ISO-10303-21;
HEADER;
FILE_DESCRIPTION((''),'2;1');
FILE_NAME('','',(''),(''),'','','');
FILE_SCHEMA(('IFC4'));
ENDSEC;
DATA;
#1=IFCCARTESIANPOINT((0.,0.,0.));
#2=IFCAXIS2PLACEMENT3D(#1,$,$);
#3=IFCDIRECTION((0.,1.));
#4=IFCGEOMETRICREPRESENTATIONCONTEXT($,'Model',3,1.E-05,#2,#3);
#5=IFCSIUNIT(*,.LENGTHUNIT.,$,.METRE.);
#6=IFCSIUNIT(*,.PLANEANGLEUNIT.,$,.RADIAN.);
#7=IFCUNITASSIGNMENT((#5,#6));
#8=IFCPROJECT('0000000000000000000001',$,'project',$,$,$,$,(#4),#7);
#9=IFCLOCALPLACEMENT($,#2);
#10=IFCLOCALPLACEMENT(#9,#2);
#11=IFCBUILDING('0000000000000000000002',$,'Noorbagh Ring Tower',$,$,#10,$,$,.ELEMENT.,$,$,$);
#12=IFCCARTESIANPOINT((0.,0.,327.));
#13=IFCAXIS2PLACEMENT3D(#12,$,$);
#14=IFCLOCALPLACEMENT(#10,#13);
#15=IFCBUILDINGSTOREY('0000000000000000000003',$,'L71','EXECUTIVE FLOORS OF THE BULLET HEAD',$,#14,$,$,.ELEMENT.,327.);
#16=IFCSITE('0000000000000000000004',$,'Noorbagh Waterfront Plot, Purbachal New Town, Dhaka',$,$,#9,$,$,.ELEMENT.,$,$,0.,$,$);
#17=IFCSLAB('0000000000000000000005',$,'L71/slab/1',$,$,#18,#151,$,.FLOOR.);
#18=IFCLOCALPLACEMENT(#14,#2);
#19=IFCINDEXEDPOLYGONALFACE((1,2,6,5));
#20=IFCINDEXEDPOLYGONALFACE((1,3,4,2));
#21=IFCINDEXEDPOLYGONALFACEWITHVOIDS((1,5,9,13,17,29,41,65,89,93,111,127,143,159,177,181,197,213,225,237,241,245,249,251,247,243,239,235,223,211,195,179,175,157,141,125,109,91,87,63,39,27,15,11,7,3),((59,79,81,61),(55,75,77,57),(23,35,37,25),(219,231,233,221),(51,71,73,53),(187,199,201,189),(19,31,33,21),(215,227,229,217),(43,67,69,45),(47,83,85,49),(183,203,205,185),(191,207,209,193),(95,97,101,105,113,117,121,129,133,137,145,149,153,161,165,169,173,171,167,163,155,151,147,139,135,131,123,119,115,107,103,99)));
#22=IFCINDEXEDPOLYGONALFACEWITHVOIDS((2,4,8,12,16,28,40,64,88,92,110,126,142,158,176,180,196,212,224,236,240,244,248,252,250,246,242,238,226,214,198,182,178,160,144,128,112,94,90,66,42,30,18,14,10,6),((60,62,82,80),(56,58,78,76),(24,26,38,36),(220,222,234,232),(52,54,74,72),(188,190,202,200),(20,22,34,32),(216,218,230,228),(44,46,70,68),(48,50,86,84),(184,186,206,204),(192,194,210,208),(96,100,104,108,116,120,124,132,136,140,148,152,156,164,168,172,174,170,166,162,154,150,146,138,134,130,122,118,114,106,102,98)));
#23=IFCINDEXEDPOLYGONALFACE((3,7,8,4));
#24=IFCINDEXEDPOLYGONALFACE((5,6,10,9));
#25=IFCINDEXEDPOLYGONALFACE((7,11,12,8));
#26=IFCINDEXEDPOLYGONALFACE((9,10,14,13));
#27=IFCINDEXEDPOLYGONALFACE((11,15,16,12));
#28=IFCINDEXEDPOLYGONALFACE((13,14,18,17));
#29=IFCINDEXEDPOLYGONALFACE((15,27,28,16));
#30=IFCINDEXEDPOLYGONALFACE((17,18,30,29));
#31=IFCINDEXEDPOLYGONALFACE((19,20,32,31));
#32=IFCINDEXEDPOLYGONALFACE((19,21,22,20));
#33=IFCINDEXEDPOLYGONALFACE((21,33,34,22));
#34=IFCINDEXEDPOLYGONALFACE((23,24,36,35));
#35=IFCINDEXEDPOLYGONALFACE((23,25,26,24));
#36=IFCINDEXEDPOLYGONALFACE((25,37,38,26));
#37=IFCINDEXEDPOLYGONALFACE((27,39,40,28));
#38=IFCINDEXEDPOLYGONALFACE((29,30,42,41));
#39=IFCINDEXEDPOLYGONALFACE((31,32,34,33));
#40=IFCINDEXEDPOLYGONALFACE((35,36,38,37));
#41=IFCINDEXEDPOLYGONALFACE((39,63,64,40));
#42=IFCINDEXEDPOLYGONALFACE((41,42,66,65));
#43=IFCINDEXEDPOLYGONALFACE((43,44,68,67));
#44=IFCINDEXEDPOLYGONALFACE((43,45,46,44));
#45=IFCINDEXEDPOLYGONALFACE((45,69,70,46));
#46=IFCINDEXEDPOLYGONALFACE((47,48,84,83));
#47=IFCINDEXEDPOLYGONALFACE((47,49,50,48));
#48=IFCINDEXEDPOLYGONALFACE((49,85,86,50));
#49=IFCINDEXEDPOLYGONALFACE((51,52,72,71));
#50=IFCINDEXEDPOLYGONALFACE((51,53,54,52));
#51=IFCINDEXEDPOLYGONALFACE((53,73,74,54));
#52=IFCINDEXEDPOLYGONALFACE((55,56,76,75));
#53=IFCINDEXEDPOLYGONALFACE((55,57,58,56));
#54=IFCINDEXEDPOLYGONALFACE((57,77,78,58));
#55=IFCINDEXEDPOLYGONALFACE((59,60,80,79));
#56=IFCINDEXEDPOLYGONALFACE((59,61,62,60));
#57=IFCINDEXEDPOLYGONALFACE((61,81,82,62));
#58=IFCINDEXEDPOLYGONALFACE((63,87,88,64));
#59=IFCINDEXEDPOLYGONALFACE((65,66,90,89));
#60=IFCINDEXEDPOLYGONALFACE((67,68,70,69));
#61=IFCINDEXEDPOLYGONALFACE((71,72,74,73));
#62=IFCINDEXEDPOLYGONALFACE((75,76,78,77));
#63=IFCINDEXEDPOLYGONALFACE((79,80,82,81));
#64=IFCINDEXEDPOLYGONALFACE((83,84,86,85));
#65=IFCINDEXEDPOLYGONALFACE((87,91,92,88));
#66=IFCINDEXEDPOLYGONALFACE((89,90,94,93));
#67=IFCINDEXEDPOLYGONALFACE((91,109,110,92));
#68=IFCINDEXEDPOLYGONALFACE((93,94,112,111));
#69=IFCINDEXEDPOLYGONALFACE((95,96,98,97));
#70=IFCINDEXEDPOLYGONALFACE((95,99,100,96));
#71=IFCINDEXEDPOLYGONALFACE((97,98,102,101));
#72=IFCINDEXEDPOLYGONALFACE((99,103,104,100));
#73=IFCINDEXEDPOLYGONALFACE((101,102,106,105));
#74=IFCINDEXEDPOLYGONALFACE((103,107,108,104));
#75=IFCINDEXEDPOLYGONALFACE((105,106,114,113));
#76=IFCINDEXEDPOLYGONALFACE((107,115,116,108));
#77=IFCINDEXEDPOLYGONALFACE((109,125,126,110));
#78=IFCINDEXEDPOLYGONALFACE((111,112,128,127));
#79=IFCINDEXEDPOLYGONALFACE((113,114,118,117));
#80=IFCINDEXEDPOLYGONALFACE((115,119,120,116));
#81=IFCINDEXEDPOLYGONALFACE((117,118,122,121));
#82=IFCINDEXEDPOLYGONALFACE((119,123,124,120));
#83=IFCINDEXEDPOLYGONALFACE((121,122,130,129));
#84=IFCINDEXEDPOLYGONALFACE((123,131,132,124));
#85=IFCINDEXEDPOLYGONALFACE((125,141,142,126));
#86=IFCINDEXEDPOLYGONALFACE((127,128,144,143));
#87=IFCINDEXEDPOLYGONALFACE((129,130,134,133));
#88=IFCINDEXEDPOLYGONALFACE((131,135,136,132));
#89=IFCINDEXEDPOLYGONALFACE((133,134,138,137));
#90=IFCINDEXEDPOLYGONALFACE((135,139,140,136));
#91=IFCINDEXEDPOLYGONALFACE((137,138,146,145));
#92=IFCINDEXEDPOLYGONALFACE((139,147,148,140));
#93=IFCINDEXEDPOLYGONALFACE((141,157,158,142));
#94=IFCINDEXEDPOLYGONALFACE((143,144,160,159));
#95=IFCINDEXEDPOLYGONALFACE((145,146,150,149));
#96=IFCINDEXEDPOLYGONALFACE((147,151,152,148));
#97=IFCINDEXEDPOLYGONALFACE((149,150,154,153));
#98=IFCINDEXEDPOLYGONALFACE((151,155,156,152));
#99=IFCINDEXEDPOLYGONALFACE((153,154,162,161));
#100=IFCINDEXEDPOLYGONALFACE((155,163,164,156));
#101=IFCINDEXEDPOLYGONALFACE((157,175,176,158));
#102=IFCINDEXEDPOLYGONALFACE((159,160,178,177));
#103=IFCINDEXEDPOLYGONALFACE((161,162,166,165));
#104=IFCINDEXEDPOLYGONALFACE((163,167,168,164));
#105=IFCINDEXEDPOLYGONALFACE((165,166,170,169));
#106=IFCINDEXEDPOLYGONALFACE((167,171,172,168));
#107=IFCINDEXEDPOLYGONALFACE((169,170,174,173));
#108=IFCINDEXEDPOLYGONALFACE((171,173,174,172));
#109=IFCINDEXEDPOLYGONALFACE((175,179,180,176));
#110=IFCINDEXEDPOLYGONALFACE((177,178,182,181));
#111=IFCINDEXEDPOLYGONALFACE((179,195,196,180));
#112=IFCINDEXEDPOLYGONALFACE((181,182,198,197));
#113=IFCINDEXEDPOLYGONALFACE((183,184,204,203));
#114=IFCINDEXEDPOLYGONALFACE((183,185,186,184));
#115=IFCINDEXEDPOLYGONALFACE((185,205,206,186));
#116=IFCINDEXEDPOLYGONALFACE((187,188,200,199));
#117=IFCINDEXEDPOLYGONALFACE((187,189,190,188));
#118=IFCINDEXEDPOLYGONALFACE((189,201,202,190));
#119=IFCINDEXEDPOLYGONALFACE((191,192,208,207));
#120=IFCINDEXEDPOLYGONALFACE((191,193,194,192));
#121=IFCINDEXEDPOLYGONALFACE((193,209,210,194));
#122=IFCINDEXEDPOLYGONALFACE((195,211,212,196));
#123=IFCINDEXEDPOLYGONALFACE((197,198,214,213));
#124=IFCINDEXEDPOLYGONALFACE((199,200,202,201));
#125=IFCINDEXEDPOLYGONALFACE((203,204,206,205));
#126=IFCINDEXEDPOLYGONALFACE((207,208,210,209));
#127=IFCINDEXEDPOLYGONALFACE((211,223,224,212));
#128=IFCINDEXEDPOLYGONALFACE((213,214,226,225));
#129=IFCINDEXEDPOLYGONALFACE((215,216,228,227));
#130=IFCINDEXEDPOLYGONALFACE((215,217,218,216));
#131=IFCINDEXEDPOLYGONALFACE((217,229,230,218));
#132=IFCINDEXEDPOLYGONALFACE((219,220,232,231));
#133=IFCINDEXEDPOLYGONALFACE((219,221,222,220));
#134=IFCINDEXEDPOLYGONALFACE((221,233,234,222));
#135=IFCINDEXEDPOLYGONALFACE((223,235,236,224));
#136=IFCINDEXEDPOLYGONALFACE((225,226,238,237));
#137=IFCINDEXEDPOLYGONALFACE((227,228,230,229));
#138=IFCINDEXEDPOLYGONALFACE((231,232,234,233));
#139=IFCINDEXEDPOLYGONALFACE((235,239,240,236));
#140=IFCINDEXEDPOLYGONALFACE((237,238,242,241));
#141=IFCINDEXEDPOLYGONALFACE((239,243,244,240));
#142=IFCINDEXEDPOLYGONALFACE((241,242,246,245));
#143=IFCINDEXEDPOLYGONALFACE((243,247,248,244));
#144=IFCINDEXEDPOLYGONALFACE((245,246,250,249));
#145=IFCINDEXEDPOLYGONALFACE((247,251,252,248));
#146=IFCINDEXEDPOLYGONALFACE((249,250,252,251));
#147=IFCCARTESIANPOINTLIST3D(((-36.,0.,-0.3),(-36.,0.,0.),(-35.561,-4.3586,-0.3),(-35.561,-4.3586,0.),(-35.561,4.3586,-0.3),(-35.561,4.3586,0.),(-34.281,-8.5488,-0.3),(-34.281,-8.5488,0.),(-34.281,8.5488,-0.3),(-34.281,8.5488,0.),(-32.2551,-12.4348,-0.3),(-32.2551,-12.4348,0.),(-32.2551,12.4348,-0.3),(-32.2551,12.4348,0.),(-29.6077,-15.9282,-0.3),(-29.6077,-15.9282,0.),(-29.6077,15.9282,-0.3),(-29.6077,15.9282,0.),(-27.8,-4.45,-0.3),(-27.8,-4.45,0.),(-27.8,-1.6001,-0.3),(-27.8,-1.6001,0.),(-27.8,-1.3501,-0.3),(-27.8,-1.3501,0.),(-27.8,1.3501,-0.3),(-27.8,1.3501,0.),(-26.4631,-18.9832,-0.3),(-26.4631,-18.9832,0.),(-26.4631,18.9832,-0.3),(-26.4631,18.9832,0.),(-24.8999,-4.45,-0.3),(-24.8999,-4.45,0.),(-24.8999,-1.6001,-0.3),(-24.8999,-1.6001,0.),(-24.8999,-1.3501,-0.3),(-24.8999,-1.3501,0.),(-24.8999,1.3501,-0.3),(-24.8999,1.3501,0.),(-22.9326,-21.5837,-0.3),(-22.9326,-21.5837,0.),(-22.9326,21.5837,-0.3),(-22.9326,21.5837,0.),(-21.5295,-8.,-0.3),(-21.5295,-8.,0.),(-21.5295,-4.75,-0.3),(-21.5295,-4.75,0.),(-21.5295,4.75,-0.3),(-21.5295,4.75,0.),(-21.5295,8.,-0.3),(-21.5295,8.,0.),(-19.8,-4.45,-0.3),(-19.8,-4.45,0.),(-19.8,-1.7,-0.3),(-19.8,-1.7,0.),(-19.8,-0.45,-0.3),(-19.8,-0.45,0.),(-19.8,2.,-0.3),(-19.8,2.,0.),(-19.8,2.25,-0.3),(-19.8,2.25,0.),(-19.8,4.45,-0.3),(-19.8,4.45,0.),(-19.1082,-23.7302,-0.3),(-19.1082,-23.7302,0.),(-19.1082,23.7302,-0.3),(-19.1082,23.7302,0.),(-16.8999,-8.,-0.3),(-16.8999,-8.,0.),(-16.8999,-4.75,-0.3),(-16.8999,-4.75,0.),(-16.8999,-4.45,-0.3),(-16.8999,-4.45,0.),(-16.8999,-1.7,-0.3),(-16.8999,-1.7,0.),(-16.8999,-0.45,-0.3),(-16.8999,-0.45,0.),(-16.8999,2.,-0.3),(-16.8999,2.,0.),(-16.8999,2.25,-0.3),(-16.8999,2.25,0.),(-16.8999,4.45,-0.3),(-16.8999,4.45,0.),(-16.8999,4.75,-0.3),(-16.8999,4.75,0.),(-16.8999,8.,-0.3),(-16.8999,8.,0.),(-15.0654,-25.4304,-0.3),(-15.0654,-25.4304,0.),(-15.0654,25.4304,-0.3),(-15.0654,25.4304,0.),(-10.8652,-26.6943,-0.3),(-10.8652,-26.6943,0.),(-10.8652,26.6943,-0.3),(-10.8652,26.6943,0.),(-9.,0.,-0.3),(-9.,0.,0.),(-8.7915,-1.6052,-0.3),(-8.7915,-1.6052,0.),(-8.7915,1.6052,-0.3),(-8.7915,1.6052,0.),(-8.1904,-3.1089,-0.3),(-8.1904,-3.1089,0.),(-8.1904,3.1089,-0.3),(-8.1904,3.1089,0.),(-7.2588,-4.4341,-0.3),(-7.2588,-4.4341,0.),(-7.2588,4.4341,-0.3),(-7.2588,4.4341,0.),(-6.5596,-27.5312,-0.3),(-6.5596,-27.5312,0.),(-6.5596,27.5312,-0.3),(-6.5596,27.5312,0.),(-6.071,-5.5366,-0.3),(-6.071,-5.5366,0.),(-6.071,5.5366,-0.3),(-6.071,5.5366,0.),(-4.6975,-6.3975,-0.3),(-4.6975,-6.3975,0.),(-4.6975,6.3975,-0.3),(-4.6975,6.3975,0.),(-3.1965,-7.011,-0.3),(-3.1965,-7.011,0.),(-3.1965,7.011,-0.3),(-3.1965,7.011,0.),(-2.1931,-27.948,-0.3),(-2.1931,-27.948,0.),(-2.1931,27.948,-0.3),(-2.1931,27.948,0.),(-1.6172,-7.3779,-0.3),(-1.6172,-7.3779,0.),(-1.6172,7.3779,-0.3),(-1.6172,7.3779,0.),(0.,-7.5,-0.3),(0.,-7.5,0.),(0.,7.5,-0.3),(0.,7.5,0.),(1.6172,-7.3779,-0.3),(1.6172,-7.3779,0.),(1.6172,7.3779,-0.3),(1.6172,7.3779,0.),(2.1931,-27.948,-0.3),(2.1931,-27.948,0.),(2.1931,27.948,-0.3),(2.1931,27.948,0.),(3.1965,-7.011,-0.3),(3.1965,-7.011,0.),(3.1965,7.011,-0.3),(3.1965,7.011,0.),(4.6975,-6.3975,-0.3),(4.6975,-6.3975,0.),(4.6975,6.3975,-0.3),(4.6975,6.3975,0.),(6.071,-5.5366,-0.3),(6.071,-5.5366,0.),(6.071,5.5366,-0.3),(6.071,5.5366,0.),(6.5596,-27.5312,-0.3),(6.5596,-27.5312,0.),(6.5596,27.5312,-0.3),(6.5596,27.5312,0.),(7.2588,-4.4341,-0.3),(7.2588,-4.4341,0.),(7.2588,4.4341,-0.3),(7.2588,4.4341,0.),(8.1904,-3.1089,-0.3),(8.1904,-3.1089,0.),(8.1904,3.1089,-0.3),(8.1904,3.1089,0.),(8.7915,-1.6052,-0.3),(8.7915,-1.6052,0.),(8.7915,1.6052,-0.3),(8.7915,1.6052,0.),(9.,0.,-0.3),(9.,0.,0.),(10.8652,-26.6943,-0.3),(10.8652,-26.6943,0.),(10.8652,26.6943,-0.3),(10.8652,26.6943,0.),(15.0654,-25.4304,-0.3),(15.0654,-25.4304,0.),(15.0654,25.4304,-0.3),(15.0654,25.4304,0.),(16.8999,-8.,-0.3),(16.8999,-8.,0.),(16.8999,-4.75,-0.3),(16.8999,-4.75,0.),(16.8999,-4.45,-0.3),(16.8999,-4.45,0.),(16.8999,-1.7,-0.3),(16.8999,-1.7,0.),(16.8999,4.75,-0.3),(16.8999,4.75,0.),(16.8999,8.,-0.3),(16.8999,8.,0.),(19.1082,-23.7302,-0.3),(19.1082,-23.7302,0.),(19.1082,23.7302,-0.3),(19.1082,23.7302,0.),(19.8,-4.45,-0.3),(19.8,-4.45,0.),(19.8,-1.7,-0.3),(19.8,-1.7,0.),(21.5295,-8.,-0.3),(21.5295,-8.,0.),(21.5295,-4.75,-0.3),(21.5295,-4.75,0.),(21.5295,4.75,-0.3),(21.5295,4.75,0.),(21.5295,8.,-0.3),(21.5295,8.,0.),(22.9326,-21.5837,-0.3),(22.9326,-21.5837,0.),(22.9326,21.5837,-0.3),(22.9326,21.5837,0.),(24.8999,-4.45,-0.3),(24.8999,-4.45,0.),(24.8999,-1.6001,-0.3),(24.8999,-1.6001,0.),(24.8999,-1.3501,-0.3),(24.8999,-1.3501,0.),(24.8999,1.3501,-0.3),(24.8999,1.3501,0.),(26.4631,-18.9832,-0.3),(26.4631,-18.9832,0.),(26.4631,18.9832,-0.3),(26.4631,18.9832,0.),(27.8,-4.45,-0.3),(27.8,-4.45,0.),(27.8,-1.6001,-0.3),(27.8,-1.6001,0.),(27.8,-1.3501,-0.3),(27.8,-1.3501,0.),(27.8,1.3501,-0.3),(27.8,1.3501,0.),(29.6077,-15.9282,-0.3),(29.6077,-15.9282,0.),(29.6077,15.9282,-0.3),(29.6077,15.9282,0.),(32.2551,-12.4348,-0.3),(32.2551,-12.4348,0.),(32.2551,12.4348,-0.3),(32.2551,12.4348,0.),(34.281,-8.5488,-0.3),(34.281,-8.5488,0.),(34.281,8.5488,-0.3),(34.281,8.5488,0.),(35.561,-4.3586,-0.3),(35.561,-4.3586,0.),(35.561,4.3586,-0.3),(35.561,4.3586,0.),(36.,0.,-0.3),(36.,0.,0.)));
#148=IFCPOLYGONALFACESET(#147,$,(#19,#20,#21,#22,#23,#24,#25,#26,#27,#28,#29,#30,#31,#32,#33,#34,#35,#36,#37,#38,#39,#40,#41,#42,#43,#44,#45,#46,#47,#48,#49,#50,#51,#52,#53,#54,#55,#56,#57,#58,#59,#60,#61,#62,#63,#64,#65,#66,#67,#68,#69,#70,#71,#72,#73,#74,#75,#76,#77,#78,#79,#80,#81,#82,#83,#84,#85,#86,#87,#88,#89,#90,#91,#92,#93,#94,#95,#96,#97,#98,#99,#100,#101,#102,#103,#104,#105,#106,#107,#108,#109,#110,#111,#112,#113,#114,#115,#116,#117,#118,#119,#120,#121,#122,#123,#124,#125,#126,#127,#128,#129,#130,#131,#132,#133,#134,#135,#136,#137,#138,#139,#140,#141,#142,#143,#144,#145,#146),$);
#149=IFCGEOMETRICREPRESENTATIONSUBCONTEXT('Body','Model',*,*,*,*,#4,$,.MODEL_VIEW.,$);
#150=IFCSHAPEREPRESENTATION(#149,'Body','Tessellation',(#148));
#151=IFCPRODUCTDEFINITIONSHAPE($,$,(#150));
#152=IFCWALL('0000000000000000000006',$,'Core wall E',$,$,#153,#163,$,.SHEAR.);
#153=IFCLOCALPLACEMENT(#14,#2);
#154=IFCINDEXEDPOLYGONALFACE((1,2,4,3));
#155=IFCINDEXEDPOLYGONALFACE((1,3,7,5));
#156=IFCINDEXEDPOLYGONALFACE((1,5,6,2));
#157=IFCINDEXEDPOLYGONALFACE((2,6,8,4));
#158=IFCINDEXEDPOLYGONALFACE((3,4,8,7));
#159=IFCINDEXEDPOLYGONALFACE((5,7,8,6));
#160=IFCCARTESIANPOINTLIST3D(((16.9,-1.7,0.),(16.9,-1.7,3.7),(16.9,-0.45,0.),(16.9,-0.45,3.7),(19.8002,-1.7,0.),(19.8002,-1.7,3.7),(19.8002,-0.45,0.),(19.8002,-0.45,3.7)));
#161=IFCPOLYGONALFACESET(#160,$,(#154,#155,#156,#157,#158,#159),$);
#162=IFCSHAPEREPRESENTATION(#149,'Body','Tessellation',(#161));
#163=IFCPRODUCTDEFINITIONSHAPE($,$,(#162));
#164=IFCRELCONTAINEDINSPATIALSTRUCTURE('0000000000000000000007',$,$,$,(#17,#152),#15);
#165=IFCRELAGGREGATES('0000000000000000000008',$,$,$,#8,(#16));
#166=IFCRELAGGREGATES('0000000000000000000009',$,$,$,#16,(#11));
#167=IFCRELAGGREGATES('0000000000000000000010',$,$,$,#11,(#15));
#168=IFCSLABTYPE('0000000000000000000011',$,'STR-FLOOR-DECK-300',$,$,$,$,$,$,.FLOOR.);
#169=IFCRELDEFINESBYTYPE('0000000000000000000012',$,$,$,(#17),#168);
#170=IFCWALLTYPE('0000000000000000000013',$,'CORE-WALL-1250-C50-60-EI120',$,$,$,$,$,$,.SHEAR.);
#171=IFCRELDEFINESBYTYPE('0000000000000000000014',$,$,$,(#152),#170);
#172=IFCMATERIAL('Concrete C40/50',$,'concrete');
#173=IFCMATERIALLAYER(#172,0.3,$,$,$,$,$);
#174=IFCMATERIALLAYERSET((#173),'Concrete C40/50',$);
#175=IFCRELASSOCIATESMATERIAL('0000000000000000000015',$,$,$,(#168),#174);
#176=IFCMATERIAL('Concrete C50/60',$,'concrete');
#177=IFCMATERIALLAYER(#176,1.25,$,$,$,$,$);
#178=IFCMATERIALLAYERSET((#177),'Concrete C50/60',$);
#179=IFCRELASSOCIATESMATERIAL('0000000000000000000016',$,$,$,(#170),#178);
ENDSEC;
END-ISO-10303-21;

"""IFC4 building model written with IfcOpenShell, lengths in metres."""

from ifc_helpers import new_model, si_unit, direction, frame, frame_2d, origin, place, context, subcontext, project, spatial, polyline, rectangle, outline, extrude, material, layer, layer_set, type_object, element, save


model = new_model("IFC4")

# Units and contexts
model_context = context("Model", 3, precision=1e-05, world=origin(), true_north=direction((0.0, 1.0)))
body_context = subcontext(model_context, "Body", "Model", "MODEL_VIEW")
ifc_project = project(units=[si_unit("LENGTHUNIT", "METRE"), si_unit("PLANEANGLEUNIT", "RADIAN")], contexts=[model_context])

# Site, building, storey
site_placement = place(None, origin())
site = spatial("IfcSite", under=ifc_project, at=site_placement, Name="Noorbagh Waterfront Plot, Purbachal New Town, Dhaka", CompositionType="ELEMENT", RefElevation=0.0)
building_placement = place(site_placement, origin())
building = spatial("IfcBuilding", under=site, at=building_placement, Name="Noorbagh Ring Tower", CompositionType="ELEMENT")
storey_placement = place(building_placement, frame((0.0, 0.0, 327.0)))
storey = spatial("IfcBuildingStorey", under=building, at=storey_placement, Name="L71", Description="EXECUTIVE FLOORS OF THE BULLET HEAD", CompositionType="ELEMENT", Elevation=327.0)

# Slab
ifc_material_1 = material(Name="Concrete C40/50", Category="concrete")
ifc_layer_1 = layer(ifc_material_1, 0.3)
ifc_layer_set_1 = layer_set([ifc_layer_1], Name="Concrete C40/50")
slab_type_1 = type_object("IfcSlabType", Name="STR-FLOOR-DECK-300", PredefinedType="FLOOR", material=ifc_layer_set_1)
slab_1_placement = place(storey_placement, frame((0.0, 0.0, -0.3)))
element("IfcSlab", 1, at=slab_1_placement, inside=storey, type_object=slab_type_1, Name="L71/slab/1", PredefinedType="FLOOR", context=body_context, shape_type="SweptSolid", body=[
    extrude(outline(polyline([(36.0, 0.0), (35.561, 4.3586), (34.281, 8.5488), (32.2551, 12.4348), (29.6077, 15.9282), (26.4631, 18.9832), (22.9326, 21.5837), (19.1082, 23.7302), (15.0654, 25.4304), (10.8652, 26.6943), (6.5596, 27.5312), (2.1931, 27.948), (-2.1931, 27.948), (-6.5596, 27.5312), (-10.8652, 26.6943), (-15.0654, 25.4304), (-19.1082, 23.7302), (-22.9326, 21.5837), (-26.4631, 18.9832), (-29.6077, 15.9282), (-32.2551, 12.4348), (-34.281, 8.5488), (-35.561, 4.3586), (-36.0, 0.0), (-35.561, -4.3586), (-34.281, -8.5488), (-32.2551, -12.4348), (-29.6077, -15.9282), (-26.4631, -18.9832), (-22.9326, -21.5837), (-19.1082, -23.7302), (-15.0654, -25.4304), (-10.8652, -26.6943), (-6.5596, -27.5312), (-2.1931, -27.948), (2.1931, -27.948), (6.5596, -27.5312), (10.8652, -26.6943), (15.0654, -25.4304), (19.1082, -23.7302), (22.9326, -21.5837), (26.4631, -18.9832), (29.6077, -15.9282), (32.2551, -12.4348), (34.281, -8.5488), (35.561, -4.3586), (36.0, 0.0)]), holes=[polyline([(24.8999, -1.6001), (27.8, -1.6001), (27.8, -4.45), (24.8999, -4.45), (24.8999, -1.6001)]), polyline([(24.8999, 1.3501), (27.8, 1.3501), (27.8, -1.3501), (24.8999, -1.3501), (24.8999, 1.3501)]), polyline([(21.5295, -8.0), (16.8999, -8.0), (16.8999, -4.75), (21.5295, -4.75), (21.5295, -8.0)]), polyline([(21.5295, 4.75), (16.8999, 4.75), (16.8999, 8.0), (21.5295, 8.0), (21.5295, 4.75)]), polyline([(16.8999, -1.7), (19.8, -1.7), (19.8, -4.45), (16.8999, -4.45), (16.8999, -1.7)]), polyline([(4.6975, -6.3975), (3.1965, -7.011), (1.6172, -7.3779), (0.0, -7.5), (-1.6172, -7.3779), (-3.1965, -7.011), (-4.6975, -6.3975), (-6.071, -5.5366), (-7.2588, -4.4341), (-8.1904, -3.1089), (-8.7915, -1.6052), (-9.0, 0.0), (-8.7915, 1.6052), (-8.1904, 3.1089), (-7.2588, 4.4341), (-6.071, 5.5366), (-4.6975, 6.3975), (-3.1965, 7.011), (-1.6172, 7.3779), (0.0, 7.5), (1.6172, 7.3779), (3.1965, 7.011), (4.6975, 6.3975), (6.071, 5.5366), (7.2588, 4.4341), (8.1904, 3.1089), (8.7915, 1.6052), (9.0, 0.0), (8.7915, -1.6052), (8.1904, -3.1089), (7.2588, -4.4341), (6.071, -5.5366), (4.6975, -6.3975)]), polyline([(-21.5295, -8.0), (-21.5295, -4.75), (-16.8999, -4.75), (-16.8999, -8.0), (-21.5295, -8.0)]), polyline([(-21.5295, 4.75), (-21.5295, 8.0), (-16.8999, 8.0), (-16.8999, 4.75), (-21.5295, 4.75)]), polyline([(-16.8999, -4.45), (-19.8, -4.45), (-19.8, -1.7), (-16.8999, -1.7), (-16.8999, -4.45)]), polyline([(-16.8999, -0.45), (-19.8, -0.45), (-19.8, 2.0), (-16.8999, 2.0), (-16.8999, -0.45)]), polyline([(-16.8999, 2.25), (-19.8, 2.25), (-19.8, 4.45), (-16.8999, 4.45), (-16.8999, 2.25)]), polyline([(-24.8999, -4.45), (-27.8, -4.45), (-27.8, -1.6001), (-24.8999, -1.6001), (-24.8999, -4.45)]), polyline([(-24.8999, 1.3501), (-24.8999, -1.3501), (-27.8, -1.3501), (-27.8, 1.3501), (-24.8999, 1.3501)])]), origin(), (0.0, 0.0, 1.0), 0.3),
])

# Wall
ifc_material_2 = material(Name="Concrete C50/60", Category="concrete")
ifc_layer_2 = layer(ifc_material_2, 1.25)
ifc_layer_set_2 = layer_set([ifc_layer_2], Name="Concrete C50/60")
wall_type_1 = type_object("IfcWallType", Name="CORE-WALL-1250-C50-60-EI120", PredefinedType="SHEAR", material=ifc_layer_set_2)
wall_1_placement = place(storey_placement, frame((16.8999, -1.075, 0.0), z_axis=(0.0, 0.0, 1.0), x_axis=(1.0, 0.0, 0.0)))
element("IfcWall", 2, at=wall_1_placement, inside=storey, type_object=wall_type_1, Name="Core wall E", PredefinedType="SHEAR", context=body_context, shape_type="SweptSolid", body=[
    extrude(rectangle(XDim=2.9001, YDim=1.25, at=frame_2d((1.4502, 0.0))), origin(), (0.0, 0.0, 1.0), 3.7),
])

save(model, "model.ifc")
